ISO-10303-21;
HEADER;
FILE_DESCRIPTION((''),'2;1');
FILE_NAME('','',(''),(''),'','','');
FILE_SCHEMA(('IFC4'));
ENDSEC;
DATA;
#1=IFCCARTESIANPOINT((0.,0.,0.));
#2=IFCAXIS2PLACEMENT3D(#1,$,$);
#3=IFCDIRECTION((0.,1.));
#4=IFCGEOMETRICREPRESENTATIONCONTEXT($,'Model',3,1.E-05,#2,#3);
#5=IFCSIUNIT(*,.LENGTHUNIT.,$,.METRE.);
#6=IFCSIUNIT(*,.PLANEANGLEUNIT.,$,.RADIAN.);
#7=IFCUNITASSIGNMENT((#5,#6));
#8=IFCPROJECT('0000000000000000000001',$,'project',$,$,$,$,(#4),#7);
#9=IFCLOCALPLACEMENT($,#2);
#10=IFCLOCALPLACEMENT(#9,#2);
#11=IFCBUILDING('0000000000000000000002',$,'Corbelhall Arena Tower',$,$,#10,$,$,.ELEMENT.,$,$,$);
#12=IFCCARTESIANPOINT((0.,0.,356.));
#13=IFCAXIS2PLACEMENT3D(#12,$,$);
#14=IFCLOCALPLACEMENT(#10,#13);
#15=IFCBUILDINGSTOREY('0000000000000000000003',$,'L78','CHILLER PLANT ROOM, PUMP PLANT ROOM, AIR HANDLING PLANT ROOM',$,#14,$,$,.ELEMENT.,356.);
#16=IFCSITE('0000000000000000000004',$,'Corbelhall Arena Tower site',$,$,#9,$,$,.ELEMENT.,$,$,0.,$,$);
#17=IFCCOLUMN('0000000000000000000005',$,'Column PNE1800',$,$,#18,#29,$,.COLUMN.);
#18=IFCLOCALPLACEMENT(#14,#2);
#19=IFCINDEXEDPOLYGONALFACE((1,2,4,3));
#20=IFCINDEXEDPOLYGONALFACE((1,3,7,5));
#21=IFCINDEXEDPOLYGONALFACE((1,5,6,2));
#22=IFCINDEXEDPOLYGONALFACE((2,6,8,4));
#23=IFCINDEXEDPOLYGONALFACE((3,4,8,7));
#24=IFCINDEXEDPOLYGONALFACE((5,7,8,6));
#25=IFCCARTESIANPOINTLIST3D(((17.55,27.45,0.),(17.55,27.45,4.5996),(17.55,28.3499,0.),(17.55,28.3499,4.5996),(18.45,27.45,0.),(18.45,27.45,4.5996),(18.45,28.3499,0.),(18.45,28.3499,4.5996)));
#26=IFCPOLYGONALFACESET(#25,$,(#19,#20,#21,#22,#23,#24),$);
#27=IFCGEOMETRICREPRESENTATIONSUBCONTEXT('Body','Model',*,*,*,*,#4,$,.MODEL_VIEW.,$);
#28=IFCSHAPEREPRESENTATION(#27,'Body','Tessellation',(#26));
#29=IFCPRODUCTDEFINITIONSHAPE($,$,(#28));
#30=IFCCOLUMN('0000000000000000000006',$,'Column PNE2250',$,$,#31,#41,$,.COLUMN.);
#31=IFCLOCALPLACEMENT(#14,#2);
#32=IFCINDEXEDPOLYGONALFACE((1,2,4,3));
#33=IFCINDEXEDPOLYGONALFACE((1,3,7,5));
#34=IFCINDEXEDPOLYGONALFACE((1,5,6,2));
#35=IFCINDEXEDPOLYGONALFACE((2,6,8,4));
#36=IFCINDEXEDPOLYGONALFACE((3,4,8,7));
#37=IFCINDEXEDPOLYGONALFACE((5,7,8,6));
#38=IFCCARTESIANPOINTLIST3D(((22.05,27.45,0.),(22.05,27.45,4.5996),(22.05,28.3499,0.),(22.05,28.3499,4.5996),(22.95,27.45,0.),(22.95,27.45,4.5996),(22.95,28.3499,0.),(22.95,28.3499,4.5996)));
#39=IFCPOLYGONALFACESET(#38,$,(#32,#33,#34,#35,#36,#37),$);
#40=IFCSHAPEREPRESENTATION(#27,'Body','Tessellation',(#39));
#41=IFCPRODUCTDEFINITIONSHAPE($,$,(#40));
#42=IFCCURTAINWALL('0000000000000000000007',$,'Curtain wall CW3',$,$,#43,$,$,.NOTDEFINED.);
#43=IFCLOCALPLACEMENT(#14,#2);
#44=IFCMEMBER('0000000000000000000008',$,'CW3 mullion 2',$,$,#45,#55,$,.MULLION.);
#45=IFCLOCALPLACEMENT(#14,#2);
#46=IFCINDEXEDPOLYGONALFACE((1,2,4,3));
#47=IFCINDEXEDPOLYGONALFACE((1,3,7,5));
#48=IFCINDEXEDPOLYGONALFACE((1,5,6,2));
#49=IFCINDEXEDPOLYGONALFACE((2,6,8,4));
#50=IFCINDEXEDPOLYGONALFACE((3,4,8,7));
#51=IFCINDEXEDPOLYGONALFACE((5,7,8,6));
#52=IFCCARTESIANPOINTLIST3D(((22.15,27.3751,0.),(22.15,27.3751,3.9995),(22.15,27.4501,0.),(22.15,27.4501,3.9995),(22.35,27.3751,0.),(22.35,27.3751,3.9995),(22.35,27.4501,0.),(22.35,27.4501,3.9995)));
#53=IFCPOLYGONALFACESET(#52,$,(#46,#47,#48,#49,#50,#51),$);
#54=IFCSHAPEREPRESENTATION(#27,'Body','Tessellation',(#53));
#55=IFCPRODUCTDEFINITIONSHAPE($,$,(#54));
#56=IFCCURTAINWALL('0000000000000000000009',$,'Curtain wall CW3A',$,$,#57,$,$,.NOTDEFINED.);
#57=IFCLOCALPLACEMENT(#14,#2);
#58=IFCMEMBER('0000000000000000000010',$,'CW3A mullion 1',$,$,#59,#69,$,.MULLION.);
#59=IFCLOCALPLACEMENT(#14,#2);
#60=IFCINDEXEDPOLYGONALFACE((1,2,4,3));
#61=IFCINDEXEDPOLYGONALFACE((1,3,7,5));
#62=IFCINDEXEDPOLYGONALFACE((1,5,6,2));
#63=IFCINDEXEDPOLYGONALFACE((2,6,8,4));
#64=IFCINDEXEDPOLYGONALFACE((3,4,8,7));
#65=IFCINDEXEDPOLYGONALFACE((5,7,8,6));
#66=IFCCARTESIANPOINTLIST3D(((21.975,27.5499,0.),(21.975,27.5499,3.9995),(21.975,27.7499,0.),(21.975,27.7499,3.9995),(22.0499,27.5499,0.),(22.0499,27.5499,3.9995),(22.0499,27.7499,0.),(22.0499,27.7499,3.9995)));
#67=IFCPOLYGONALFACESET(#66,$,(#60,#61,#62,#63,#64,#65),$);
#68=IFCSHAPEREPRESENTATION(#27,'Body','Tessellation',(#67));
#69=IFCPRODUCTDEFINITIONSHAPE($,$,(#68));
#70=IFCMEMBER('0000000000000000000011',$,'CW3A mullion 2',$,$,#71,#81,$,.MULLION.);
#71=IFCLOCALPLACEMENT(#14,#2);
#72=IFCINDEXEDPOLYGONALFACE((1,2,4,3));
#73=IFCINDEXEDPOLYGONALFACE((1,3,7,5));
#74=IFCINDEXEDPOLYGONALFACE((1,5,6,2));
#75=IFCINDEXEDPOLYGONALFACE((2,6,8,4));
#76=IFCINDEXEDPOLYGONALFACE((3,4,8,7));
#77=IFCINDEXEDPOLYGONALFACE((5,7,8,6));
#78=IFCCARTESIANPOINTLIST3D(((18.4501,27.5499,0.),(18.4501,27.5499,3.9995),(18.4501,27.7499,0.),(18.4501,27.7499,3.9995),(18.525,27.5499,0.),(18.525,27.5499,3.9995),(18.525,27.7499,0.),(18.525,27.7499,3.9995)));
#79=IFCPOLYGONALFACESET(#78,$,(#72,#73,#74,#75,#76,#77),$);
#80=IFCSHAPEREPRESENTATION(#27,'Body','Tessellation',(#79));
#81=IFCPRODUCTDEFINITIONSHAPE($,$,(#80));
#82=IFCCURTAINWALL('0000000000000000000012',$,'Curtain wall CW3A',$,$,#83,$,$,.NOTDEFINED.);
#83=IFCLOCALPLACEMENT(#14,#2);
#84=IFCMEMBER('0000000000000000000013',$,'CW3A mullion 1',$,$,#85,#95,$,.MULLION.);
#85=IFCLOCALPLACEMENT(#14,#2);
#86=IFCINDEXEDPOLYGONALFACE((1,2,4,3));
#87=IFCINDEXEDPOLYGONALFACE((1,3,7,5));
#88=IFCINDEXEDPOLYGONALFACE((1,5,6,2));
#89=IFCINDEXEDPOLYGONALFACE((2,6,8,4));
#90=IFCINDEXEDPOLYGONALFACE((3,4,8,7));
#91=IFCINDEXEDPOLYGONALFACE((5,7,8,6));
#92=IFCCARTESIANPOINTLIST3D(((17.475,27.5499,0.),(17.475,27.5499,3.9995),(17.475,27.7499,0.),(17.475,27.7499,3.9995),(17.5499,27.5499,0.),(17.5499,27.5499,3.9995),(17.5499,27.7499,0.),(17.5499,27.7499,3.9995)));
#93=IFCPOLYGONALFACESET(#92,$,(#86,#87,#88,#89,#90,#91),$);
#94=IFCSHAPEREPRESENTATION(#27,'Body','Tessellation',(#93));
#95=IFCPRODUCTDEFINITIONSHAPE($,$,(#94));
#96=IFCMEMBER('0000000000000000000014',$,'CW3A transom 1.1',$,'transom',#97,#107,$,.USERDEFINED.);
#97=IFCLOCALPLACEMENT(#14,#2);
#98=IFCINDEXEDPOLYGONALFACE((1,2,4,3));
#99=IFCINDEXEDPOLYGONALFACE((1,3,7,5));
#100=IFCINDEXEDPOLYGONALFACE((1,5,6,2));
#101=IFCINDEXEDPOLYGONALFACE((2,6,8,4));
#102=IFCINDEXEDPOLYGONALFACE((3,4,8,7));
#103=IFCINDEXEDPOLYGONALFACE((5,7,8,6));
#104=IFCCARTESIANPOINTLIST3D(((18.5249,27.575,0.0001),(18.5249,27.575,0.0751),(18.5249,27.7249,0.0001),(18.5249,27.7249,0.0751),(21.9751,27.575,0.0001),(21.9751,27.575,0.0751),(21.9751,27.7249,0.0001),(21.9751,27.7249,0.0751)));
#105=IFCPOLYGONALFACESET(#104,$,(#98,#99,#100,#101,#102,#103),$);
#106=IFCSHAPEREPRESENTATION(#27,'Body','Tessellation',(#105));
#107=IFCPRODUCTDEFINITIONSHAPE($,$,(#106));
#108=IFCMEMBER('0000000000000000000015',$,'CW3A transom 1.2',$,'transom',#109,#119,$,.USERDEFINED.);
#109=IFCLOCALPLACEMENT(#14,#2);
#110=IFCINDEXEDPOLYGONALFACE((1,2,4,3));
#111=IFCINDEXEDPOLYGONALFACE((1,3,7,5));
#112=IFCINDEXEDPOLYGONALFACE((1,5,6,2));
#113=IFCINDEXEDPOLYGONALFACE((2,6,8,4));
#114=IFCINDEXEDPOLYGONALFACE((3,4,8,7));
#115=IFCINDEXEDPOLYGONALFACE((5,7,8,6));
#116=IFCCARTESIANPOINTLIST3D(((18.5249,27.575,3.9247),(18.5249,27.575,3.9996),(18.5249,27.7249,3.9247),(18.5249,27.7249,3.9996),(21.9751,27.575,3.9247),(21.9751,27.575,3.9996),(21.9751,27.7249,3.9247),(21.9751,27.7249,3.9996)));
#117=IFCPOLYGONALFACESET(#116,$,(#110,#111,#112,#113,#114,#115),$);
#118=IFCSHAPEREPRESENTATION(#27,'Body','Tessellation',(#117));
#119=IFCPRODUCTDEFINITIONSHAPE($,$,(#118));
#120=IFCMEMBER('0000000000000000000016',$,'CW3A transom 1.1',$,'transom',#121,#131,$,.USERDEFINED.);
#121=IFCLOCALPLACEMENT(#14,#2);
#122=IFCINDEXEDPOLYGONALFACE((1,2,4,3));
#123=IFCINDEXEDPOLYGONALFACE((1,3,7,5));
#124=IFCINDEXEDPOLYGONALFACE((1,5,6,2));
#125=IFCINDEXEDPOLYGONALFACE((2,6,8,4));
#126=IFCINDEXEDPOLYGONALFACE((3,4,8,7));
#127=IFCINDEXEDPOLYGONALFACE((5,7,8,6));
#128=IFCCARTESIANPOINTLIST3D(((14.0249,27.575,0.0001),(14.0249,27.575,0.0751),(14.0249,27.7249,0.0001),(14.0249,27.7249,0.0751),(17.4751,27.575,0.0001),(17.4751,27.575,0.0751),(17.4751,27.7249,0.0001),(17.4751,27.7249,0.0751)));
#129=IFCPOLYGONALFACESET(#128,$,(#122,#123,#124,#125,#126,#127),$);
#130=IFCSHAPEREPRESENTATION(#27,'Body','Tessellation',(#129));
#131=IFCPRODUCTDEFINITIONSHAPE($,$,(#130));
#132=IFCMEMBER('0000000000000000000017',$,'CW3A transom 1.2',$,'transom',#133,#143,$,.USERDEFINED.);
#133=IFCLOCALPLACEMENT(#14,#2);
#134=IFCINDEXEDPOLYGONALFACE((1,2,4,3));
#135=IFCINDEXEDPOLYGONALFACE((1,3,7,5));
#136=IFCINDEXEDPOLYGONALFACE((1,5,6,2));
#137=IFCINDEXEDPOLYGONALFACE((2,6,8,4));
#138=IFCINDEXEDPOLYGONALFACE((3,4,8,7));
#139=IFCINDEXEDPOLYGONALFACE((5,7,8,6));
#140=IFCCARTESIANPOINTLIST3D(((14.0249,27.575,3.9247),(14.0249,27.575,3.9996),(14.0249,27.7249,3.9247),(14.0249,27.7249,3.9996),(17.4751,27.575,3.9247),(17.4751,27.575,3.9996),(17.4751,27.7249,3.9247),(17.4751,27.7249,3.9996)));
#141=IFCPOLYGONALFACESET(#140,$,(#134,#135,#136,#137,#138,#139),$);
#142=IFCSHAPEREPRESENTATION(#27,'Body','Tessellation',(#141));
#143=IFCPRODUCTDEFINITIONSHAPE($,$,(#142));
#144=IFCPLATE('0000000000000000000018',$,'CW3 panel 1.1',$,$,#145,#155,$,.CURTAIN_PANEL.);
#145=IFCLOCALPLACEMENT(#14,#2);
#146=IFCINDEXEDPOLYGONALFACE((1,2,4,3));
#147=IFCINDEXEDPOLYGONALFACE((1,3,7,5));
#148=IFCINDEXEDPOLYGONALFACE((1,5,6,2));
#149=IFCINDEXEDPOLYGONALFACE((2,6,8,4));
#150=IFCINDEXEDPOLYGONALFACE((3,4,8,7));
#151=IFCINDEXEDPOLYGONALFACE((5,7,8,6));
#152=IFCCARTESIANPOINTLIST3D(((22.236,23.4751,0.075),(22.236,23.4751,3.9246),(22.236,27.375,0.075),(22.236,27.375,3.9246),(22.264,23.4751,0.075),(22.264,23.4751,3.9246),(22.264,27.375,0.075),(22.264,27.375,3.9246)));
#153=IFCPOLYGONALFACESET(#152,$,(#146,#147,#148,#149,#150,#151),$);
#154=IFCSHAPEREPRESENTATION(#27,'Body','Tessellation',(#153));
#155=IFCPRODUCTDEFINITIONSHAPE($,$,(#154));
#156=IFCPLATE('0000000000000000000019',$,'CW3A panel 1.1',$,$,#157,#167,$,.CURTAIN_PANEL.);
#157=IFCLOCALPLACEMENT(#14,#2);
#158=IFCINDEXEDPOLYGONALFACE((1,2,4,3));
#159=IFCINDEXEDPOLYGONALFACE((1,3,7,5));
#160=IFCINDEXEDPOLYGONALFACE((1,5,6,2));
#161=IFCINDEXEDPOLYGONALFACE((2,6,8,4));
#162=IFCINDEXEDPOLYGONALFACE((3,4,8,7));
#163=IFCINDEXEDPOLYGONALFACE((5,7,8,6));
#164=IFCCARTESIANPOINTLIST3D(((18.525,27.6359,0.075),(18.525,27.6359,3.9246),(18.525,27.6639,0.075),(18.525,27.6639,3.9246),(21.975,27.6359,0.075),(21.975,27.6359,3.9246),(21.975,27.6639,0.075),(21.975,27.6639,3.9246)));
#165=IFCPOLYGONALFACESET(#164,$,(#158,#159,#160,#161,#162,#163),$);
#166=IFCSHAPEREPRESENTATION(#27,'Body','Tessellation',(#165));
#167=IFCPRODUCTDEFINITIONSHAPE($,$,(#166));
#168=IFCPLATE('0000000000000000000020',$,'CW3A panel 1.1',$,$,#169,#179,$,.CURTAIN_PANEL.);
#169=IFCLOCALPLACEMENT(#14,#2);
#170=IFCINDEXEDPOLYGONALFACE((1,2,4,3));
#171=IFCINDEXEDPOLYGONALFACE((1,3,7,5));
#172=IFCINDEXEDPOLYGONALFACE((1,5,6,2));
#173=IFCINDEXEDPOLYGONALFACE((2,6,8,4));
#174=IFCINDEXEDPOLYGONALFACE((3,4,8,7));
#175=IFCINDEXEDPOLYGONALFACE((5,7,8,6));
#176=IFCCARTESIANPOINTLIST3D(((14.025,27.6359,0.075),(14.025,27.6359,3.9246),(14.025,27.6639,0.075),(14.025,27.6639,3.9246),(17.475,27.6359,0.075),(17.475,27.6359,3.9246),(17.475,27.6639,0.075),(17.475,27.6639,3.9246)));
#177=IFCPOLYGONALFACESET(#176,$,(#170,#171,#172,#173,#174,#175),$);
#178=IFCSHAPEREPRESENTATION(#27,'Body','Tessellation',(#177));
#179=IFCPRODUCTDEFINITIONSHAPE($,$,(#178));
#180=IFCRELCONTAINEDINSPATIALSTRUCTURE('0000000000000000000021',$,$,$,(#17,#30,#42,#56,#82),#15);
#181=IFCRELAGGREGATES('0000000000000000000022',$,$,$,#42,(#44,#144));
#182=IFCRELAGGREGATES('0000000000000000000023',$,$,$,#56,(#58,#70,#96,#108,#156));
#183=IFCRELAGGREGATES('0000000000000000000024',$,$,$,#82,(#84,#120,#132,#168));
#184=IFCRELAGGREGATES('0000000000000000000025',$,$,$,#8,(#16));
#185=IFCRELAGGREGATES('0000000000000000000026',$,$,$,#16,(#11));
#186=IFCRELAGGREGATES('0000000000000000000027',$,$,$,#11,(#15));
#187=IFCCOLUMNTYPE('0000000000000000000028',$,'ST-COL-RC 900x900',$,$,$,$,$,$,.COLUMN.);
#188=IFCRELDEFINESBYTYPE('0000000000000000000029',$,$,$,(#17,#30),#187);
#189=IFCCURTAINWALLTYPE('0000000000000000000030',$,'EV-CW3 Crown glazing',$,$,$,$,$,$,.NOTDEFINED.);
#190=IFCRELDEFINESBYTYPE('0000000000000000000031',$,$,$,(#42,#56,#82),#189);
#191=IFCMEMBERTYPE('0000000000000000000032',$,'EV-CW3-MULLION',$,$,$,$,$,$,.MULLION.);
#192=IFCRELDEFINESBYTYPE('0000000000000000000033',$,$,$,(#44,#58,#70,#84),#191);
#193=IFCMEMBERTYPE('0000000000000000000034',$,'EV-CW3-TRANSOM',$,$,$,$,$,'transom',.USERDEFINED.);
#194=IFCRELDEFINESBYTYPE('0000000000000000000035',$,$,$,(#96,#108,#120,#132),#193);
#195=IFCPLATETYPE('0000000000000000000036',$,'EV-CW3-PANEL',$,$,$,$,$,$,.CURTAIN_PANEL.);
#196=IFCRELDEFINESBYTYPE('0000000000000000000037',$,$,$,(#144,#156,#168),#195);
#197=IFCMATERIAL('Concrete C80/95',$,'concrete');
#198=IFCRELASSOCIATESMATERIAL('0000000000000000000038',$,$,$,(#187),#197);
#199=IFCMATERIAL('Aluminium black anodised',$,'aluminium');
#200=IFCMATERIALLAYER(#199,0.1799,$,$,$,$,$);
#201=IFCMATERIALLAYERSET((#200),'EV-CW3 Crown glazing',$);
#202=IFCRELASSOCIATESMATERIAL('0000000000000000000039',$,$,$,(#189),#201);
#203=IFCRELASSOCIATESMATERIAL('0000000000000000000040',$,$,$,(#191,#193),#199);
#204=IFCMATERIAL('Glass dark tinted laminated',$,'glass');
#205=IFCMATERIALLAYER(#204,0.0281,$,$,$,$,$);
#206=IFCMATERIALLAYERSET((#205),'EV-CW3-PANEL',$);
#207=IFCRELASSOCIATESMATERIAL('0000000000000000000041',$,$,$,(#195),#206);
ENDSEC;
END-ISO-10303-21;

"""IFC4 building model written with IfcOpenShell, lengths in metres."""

from ifc_helpers import new_model, si_unit, direction, frame, origin, origin_2d, place, context, subcontext, project, spatial, rectangle, extrude, material, layer, layer_set, material_profile, profile_set, type_object, element, aggregate, save


model = new_model("IFC4")

# Units and contexts
model_context = context("Model", 3, precision=1e-05, world=origin(), true_north=direction((0.0, 1.0)))
body_context = subcontext(model_context, "Body", "Model", "MODEL_VIEW")
ifc_project = project(units=[si_unit("LENGTHUNIT", "METRE"), si_unit("PLANEANGLEUNIT", "RADIAN")], contexts=[model_context])

# Site, building, storey
site_placement = place(None, origin())
site = spatial("IfcSite", under=ifc_project, at=site_placement, Name="Corbelhall Arena Tower site", CompositionType="ELEMENT", RefElevation=0.0)
building_placement = place(site_placement, origin())
building = spatial("IfcBuilding", under=site, at=building_placement, Name="Corbelhall Arena Tower", CompositionType="ELEMENT")
storey_placement = place(building_placement, frame((0.0, 0.0, 356.0)))
storey = spatial("IfcBuildingStorey", under=building, at=storey_placement, Name="L78", Description="CHILLER PLANT ROOM, PUMP PLANT ROOM, AIR HANDLING PLANT ROOM", CompositionType="ELEMENT", Elevation=356.0)

# Columns
ifc_material_1 = material(Name="Concrete C80/95", Category="concrete")
ifc_material_profile_1 = material_profile(ifc_material_1, rectangle(XDim=0.8999, YDim=0.8999, at=origin_2d()))
ifc_profile_set_1 = profile_set([ifc_material_profile_1], Name="Concrete C80/95")
column_type = type_object("IfcColumnType", Name="ST-COL-RC 900x900", PredefinedType="COLUMN", material=ifc_profile_set_1)
for number, where, z_axis, x_axis, name in (
    (1, (18.0, 27.8999, 0.0), (0.0, 0.0, 1.0), (1.0, 0.0, 0.0), "Column PNE1800"),
    (2, (22.5, 27.8999, 0.0), (0.0, 0.0, 1.0), (1.0, 0.0, 0.0), "Column PNE2250"),
):
    element("IfcColumn", number, at=place(storey_placement, frame(where, z_axis=z_axis, x_axis=x_axis)), inside=storey, type_object=column_type, Name=name, PredefinedType="COLUMN", context=body_context, shape_type="SweptSolid", body=[
        extrude(rectangle(XDim=0.8999, YDim=0.8999, at=origin_2d()), origin(), (0.0, 0.0, 1.0), 4.5996),
    ])

# Curtain wall, member
ifc_material_2 = material(Name="Aluminium black anodised", Category="aluminium")
ifc_layer_1 = layer(ifc_material_2, 0.1799)
ifc_layer_set_1 = layer_set([ifc_layer_1], Name="EV-CW3 Crown glazing")
curtain_wall_type = type_object("IfcCurtainWallType", Name="EV-CW3 Crown glazing", PredefinedType="NOTDEFINED", material=ifc_layer_set_1)
curtain_wall_1_placement = place(storey_placement, origin())
curtain_wall_1 = element("IfcCurtainWall", 3, at=curtain_wall_1_placement, inside=storey, type_object=curtain_wall_type, Name="Curtain wall CW3", PredefinedType="NOTDEFINED")
ifc_material_profile_2 = material_profile(ifc_material_2, rectangle(XDim=0.2, YDim=0.075, at=origin_2d()))
ifc_profile_set_2 = profile_set([ifc_material_profile_2], Name="Aluminium black anodised")
member_type_1 = type_object("IfcMemberType", Name="EV-CW3-MULLION", PredefinedType="MULLION", material=ifc_profile_set_2)
member_1_placement = place(storey_placement, frame((22.25, 27.4126, 0.0), z_axis=(0.0, 0.0, 1.0), x_axis=(-1.0, 0.0, 0.0)))
member_1 = element("IfcMember", 4, at=member_1_placement, type_object=member_type_1, Name="CW3 mullion 2", PredefinedType="MULLION", context=body_context, shape_type="SweptSolid", body=[
    extrude(rectangle(XDim=0.2, YDim=0.075, at=origin_2d()), origin(), (0.0, 0.0, 1.0), 3.9995),
])

# Curtain wall, members
curtain_wall_2_placement = place(storey_placement, origin())
curtain_wall_2 = element("IfcCurtainWall", 5, at=curtain_wall_2_placement, inside=storey, type_object=curtain_wall_type, Name="Curtain wall CW3A", PredefinedType="NOTDEFINED")
member_2_placement = place(storey_placement, frame((22.0125, 27.6499, 0.0), z_axis=(0.0, 0.0, 1.0), x_axis=(0.0, -1.0, 0.0)))
member_2 = element("IfcMember", 6, at=member_2_placement, type_object=member_type_1, Name="CW3A mullion 1", PredefinedType="MULLION", context=body_context, shape_type="SweptSolid", body=[
    extrude(rectangle(XDim=0.2, YDim=0.075, at=origin_2d()), origin(), (0.0, 0.0, 1.0), 3.9995),
])
member_3_placement = place(storey_placement, frame((18.4875, 27.6499, 0.0), z_axis=(0.0, 0.0, 1.0), x_axis=(0.0, -1.0, 0.0)))
member_3 = element("IfcMember", 7, at=member_3_placement, type_object=member_type_1, Name="CW3A mullion 2", PredefinedType="MULLION", context=body_context, shape_type="SweptSolid", body=[
    extrude(rectangle(XDim=0.2, YDim=0.075, at=origin_2d()), origin(), (0.0, 0.0, 1.0), 3.9995),
])

# Curtain wall, member
curtain_wall_3_placement = place(storey_placement, origin())
curtain_wall_3 = element("IfcCurtainWall", 8, at=curtain_wall_3_placement, inside=storey, type_object=curtain_wall_type, Name="Curtain wall CW3A", PredefinedType="NOTDEFINED")
member_4_placement = place(storey_placement, frame((17.5125, 27.6499, 0.0), z_axis=(0.0, 0.0, 1.0), x_axis=(0.0, -1.0, 0.0)))
member_4 = element("IfcMember", 9, at=member_4_placement, type_object=member_type_1, Name="CW3A mullion 1", PredefinedType="MULLION", context=body_context, shape_type="SweptSolid", body=[
    extrude(rectangle(XDim=0.2, YDim=0.075, at=origin_2d()), origin(), (0.0, 0.0, 1.0), 3.9995),
])

# Members
ifc_material_profile_3 = material_profile(ifc_material_2, rectangle(XDim=0.1499, YDim=0.075, at=origin_2d()))
ifc_profile_set_3 = profile_set([ifc_material_profile_3], Name="Aluminium black anodised")
member_type_2 = type_object("IfcMemberType", Name="EV-CW3-TRANSOM", ElementType="transom", PredefinedType="USERDEFINED", material=ifc_profile_set_3)
member_5_placement = place(storey_placement, frame((21.9751, 27.6499, 0.0376), z_axis=(-1.0, 0.0, 0.0), x_axis=(0.0, -1.0, 0.0)))
member_5 = element("IfcMember", 10, at=member_5_placement, type_object=member_type_2, Name="CW3A transom 1.1", ObjectType="transom", PredefinedType="USERDEFINED", context=body_context, shape_type="SweptSolid", body=[
    extrude(rectangle(XDim=0.1499, YDim=0.075, at=origin_2d()), origin(), (0.0, 0.0, 1.0), 3.4502),
])
member_6_placement = place(storey_placement, frame((21.9751, 27.6499, 3.9622), z_axis=(-1.0, 0.0, 0.0), x_axis=(0.0, -1.0, 0.0)))
member_6 = element("IfcMember", 11, at=member_6_placement, type_object=member_type_2, Name="CW3A transom 1.2", ObjectType="transom", PredefinedType="USERDEFINED", context=body_context, shape_type="SweptSolid", body=[
    extrude(rectangle(XDim=0.1499, YDim=0.075, at=origin_2d()), origin(), (0.0, 0.0, 1.0), 3.4502),
])
member_7_placement = place(storey_placement, frame((17.4751, 27.6499, 0.0376), z_axis=(-1.0, 0.0, 0.0), x_axis=(0.0, -1.0, 0.0)))
member_7 = element("IfcMember", 12, at=member_7_placement, type_object=member_type_2, Name="CW3A transom 1.1", ObjectType="transom", PredefinedType="USERDEFINED", context=body_context, shape_type="SweptSolid", body=[
    extrude(rectangle(XDim=0.1499, YDim=0.075, at=origin_2d()), origin(), (0.0, 0.0, 1.0), 3.4502),
])
member_8_placement = place(storey_placement, frame((17.4751, 27.6499, 3.9622), z_axis=(-1.0, 0.0, 0.0), x_axis=(0.0, -1.0, 0.0)))
member_8 = element("IfcMember", 13, at=member_8_placement, type_object=member_type_2, Name="CW3A transom 1.2", ObjectType="transom", PredefinedType="USERDEFINED", context=body_context, shape_type="SweptSolid", body=[
    extrude(rectangle(XDim=0.1499, YDim=0.075, at=origin_2d()), origin(), (0.0, 0.0, 1.0), 3.4502),
])

# Plates
ifc_material_3 = material(Name="Glass dark tinted laminated", Category="glass")
ifc_layer_2 = layer(ifc_material_3, 0.0281)
ifc_layer_set_2 = layer_set([ifc_layer_2], Name="EV-CW3-PANEL")
plate_type = type_object("IfcPlateType", Name="EV-CW3-PANEL", PredefinedType="CURTAIN_PANEL", material=ifc_layer_set_2)
plate_1_placement = place(storey_placement, frame((22.25, 25.425, 0.075), z_axis=(0.0, 0.0, 1.0), x_axis=(0.0, 1.0, 0.0)))
plate_1 = element("IfcPlate", 14, at=plate_1_placement, type_object=plate_type, Name="CW3 panel 1.1", PredefinedType="CURTAIN_PANEL", context=body_context, shape_type="SweptSolid", body=[
    extrude(rectangle(XDim=3.8999, YDim=0.0281, at=origin_2d()), origin(), (0.0, 0.0, 1.0), 3.8496),
])
aggregate(curtain_wall_1, [member_1, plate_1])
plate_2_placement = place(storey_placement, frame((20.25, 27.6499, 0.075), z_axis=(0.0, 0.0, 1.0), x_axis=(-1.0, 0.0, 0.0)))
plate_2 = element("IfcPlate", 15, at=plate_2_placement, type_object=plate_type, Name="CW3A panel 1.1", PredefinedType="CURTAIN_PANEL", context=body_context, shape_type="SweptSolid", body=[
    extrude(rectangle(XDim=3.45, YDim=0.0281, at=origin_2d()), origin(), (0.0, 0.0, 1.0), 3.8496),
])
aggregate(curtain_wall_2, [member_2, member_3, member_5, member_6, plate_2])
plate_3_placement = place(storey_placement, frame((15.75, 27.6499, 0.075), z_axis=(0.0, 0.0, 1.0), x_axis=(-1.0, 0.0, 0.0)))
plate_3 = element("IfcPlate", 16, at=plate_3_placement, type_object=plate_type, Name="CW3A panel 1.1", PredefinedType="CURTAIN_PANEL", context=body_context, shape_type="SweptSolid", body=[
    extrude(rectangle(XDim=3.45, YDim=0.0281, at=origin_2d()), origin(), (0.0, 0.0, 1.0), 3.8496),
])
aggregate(curtain_wall_3, [member_4, member_7, member_8, plate_3])

save(model, "model.ifc")
